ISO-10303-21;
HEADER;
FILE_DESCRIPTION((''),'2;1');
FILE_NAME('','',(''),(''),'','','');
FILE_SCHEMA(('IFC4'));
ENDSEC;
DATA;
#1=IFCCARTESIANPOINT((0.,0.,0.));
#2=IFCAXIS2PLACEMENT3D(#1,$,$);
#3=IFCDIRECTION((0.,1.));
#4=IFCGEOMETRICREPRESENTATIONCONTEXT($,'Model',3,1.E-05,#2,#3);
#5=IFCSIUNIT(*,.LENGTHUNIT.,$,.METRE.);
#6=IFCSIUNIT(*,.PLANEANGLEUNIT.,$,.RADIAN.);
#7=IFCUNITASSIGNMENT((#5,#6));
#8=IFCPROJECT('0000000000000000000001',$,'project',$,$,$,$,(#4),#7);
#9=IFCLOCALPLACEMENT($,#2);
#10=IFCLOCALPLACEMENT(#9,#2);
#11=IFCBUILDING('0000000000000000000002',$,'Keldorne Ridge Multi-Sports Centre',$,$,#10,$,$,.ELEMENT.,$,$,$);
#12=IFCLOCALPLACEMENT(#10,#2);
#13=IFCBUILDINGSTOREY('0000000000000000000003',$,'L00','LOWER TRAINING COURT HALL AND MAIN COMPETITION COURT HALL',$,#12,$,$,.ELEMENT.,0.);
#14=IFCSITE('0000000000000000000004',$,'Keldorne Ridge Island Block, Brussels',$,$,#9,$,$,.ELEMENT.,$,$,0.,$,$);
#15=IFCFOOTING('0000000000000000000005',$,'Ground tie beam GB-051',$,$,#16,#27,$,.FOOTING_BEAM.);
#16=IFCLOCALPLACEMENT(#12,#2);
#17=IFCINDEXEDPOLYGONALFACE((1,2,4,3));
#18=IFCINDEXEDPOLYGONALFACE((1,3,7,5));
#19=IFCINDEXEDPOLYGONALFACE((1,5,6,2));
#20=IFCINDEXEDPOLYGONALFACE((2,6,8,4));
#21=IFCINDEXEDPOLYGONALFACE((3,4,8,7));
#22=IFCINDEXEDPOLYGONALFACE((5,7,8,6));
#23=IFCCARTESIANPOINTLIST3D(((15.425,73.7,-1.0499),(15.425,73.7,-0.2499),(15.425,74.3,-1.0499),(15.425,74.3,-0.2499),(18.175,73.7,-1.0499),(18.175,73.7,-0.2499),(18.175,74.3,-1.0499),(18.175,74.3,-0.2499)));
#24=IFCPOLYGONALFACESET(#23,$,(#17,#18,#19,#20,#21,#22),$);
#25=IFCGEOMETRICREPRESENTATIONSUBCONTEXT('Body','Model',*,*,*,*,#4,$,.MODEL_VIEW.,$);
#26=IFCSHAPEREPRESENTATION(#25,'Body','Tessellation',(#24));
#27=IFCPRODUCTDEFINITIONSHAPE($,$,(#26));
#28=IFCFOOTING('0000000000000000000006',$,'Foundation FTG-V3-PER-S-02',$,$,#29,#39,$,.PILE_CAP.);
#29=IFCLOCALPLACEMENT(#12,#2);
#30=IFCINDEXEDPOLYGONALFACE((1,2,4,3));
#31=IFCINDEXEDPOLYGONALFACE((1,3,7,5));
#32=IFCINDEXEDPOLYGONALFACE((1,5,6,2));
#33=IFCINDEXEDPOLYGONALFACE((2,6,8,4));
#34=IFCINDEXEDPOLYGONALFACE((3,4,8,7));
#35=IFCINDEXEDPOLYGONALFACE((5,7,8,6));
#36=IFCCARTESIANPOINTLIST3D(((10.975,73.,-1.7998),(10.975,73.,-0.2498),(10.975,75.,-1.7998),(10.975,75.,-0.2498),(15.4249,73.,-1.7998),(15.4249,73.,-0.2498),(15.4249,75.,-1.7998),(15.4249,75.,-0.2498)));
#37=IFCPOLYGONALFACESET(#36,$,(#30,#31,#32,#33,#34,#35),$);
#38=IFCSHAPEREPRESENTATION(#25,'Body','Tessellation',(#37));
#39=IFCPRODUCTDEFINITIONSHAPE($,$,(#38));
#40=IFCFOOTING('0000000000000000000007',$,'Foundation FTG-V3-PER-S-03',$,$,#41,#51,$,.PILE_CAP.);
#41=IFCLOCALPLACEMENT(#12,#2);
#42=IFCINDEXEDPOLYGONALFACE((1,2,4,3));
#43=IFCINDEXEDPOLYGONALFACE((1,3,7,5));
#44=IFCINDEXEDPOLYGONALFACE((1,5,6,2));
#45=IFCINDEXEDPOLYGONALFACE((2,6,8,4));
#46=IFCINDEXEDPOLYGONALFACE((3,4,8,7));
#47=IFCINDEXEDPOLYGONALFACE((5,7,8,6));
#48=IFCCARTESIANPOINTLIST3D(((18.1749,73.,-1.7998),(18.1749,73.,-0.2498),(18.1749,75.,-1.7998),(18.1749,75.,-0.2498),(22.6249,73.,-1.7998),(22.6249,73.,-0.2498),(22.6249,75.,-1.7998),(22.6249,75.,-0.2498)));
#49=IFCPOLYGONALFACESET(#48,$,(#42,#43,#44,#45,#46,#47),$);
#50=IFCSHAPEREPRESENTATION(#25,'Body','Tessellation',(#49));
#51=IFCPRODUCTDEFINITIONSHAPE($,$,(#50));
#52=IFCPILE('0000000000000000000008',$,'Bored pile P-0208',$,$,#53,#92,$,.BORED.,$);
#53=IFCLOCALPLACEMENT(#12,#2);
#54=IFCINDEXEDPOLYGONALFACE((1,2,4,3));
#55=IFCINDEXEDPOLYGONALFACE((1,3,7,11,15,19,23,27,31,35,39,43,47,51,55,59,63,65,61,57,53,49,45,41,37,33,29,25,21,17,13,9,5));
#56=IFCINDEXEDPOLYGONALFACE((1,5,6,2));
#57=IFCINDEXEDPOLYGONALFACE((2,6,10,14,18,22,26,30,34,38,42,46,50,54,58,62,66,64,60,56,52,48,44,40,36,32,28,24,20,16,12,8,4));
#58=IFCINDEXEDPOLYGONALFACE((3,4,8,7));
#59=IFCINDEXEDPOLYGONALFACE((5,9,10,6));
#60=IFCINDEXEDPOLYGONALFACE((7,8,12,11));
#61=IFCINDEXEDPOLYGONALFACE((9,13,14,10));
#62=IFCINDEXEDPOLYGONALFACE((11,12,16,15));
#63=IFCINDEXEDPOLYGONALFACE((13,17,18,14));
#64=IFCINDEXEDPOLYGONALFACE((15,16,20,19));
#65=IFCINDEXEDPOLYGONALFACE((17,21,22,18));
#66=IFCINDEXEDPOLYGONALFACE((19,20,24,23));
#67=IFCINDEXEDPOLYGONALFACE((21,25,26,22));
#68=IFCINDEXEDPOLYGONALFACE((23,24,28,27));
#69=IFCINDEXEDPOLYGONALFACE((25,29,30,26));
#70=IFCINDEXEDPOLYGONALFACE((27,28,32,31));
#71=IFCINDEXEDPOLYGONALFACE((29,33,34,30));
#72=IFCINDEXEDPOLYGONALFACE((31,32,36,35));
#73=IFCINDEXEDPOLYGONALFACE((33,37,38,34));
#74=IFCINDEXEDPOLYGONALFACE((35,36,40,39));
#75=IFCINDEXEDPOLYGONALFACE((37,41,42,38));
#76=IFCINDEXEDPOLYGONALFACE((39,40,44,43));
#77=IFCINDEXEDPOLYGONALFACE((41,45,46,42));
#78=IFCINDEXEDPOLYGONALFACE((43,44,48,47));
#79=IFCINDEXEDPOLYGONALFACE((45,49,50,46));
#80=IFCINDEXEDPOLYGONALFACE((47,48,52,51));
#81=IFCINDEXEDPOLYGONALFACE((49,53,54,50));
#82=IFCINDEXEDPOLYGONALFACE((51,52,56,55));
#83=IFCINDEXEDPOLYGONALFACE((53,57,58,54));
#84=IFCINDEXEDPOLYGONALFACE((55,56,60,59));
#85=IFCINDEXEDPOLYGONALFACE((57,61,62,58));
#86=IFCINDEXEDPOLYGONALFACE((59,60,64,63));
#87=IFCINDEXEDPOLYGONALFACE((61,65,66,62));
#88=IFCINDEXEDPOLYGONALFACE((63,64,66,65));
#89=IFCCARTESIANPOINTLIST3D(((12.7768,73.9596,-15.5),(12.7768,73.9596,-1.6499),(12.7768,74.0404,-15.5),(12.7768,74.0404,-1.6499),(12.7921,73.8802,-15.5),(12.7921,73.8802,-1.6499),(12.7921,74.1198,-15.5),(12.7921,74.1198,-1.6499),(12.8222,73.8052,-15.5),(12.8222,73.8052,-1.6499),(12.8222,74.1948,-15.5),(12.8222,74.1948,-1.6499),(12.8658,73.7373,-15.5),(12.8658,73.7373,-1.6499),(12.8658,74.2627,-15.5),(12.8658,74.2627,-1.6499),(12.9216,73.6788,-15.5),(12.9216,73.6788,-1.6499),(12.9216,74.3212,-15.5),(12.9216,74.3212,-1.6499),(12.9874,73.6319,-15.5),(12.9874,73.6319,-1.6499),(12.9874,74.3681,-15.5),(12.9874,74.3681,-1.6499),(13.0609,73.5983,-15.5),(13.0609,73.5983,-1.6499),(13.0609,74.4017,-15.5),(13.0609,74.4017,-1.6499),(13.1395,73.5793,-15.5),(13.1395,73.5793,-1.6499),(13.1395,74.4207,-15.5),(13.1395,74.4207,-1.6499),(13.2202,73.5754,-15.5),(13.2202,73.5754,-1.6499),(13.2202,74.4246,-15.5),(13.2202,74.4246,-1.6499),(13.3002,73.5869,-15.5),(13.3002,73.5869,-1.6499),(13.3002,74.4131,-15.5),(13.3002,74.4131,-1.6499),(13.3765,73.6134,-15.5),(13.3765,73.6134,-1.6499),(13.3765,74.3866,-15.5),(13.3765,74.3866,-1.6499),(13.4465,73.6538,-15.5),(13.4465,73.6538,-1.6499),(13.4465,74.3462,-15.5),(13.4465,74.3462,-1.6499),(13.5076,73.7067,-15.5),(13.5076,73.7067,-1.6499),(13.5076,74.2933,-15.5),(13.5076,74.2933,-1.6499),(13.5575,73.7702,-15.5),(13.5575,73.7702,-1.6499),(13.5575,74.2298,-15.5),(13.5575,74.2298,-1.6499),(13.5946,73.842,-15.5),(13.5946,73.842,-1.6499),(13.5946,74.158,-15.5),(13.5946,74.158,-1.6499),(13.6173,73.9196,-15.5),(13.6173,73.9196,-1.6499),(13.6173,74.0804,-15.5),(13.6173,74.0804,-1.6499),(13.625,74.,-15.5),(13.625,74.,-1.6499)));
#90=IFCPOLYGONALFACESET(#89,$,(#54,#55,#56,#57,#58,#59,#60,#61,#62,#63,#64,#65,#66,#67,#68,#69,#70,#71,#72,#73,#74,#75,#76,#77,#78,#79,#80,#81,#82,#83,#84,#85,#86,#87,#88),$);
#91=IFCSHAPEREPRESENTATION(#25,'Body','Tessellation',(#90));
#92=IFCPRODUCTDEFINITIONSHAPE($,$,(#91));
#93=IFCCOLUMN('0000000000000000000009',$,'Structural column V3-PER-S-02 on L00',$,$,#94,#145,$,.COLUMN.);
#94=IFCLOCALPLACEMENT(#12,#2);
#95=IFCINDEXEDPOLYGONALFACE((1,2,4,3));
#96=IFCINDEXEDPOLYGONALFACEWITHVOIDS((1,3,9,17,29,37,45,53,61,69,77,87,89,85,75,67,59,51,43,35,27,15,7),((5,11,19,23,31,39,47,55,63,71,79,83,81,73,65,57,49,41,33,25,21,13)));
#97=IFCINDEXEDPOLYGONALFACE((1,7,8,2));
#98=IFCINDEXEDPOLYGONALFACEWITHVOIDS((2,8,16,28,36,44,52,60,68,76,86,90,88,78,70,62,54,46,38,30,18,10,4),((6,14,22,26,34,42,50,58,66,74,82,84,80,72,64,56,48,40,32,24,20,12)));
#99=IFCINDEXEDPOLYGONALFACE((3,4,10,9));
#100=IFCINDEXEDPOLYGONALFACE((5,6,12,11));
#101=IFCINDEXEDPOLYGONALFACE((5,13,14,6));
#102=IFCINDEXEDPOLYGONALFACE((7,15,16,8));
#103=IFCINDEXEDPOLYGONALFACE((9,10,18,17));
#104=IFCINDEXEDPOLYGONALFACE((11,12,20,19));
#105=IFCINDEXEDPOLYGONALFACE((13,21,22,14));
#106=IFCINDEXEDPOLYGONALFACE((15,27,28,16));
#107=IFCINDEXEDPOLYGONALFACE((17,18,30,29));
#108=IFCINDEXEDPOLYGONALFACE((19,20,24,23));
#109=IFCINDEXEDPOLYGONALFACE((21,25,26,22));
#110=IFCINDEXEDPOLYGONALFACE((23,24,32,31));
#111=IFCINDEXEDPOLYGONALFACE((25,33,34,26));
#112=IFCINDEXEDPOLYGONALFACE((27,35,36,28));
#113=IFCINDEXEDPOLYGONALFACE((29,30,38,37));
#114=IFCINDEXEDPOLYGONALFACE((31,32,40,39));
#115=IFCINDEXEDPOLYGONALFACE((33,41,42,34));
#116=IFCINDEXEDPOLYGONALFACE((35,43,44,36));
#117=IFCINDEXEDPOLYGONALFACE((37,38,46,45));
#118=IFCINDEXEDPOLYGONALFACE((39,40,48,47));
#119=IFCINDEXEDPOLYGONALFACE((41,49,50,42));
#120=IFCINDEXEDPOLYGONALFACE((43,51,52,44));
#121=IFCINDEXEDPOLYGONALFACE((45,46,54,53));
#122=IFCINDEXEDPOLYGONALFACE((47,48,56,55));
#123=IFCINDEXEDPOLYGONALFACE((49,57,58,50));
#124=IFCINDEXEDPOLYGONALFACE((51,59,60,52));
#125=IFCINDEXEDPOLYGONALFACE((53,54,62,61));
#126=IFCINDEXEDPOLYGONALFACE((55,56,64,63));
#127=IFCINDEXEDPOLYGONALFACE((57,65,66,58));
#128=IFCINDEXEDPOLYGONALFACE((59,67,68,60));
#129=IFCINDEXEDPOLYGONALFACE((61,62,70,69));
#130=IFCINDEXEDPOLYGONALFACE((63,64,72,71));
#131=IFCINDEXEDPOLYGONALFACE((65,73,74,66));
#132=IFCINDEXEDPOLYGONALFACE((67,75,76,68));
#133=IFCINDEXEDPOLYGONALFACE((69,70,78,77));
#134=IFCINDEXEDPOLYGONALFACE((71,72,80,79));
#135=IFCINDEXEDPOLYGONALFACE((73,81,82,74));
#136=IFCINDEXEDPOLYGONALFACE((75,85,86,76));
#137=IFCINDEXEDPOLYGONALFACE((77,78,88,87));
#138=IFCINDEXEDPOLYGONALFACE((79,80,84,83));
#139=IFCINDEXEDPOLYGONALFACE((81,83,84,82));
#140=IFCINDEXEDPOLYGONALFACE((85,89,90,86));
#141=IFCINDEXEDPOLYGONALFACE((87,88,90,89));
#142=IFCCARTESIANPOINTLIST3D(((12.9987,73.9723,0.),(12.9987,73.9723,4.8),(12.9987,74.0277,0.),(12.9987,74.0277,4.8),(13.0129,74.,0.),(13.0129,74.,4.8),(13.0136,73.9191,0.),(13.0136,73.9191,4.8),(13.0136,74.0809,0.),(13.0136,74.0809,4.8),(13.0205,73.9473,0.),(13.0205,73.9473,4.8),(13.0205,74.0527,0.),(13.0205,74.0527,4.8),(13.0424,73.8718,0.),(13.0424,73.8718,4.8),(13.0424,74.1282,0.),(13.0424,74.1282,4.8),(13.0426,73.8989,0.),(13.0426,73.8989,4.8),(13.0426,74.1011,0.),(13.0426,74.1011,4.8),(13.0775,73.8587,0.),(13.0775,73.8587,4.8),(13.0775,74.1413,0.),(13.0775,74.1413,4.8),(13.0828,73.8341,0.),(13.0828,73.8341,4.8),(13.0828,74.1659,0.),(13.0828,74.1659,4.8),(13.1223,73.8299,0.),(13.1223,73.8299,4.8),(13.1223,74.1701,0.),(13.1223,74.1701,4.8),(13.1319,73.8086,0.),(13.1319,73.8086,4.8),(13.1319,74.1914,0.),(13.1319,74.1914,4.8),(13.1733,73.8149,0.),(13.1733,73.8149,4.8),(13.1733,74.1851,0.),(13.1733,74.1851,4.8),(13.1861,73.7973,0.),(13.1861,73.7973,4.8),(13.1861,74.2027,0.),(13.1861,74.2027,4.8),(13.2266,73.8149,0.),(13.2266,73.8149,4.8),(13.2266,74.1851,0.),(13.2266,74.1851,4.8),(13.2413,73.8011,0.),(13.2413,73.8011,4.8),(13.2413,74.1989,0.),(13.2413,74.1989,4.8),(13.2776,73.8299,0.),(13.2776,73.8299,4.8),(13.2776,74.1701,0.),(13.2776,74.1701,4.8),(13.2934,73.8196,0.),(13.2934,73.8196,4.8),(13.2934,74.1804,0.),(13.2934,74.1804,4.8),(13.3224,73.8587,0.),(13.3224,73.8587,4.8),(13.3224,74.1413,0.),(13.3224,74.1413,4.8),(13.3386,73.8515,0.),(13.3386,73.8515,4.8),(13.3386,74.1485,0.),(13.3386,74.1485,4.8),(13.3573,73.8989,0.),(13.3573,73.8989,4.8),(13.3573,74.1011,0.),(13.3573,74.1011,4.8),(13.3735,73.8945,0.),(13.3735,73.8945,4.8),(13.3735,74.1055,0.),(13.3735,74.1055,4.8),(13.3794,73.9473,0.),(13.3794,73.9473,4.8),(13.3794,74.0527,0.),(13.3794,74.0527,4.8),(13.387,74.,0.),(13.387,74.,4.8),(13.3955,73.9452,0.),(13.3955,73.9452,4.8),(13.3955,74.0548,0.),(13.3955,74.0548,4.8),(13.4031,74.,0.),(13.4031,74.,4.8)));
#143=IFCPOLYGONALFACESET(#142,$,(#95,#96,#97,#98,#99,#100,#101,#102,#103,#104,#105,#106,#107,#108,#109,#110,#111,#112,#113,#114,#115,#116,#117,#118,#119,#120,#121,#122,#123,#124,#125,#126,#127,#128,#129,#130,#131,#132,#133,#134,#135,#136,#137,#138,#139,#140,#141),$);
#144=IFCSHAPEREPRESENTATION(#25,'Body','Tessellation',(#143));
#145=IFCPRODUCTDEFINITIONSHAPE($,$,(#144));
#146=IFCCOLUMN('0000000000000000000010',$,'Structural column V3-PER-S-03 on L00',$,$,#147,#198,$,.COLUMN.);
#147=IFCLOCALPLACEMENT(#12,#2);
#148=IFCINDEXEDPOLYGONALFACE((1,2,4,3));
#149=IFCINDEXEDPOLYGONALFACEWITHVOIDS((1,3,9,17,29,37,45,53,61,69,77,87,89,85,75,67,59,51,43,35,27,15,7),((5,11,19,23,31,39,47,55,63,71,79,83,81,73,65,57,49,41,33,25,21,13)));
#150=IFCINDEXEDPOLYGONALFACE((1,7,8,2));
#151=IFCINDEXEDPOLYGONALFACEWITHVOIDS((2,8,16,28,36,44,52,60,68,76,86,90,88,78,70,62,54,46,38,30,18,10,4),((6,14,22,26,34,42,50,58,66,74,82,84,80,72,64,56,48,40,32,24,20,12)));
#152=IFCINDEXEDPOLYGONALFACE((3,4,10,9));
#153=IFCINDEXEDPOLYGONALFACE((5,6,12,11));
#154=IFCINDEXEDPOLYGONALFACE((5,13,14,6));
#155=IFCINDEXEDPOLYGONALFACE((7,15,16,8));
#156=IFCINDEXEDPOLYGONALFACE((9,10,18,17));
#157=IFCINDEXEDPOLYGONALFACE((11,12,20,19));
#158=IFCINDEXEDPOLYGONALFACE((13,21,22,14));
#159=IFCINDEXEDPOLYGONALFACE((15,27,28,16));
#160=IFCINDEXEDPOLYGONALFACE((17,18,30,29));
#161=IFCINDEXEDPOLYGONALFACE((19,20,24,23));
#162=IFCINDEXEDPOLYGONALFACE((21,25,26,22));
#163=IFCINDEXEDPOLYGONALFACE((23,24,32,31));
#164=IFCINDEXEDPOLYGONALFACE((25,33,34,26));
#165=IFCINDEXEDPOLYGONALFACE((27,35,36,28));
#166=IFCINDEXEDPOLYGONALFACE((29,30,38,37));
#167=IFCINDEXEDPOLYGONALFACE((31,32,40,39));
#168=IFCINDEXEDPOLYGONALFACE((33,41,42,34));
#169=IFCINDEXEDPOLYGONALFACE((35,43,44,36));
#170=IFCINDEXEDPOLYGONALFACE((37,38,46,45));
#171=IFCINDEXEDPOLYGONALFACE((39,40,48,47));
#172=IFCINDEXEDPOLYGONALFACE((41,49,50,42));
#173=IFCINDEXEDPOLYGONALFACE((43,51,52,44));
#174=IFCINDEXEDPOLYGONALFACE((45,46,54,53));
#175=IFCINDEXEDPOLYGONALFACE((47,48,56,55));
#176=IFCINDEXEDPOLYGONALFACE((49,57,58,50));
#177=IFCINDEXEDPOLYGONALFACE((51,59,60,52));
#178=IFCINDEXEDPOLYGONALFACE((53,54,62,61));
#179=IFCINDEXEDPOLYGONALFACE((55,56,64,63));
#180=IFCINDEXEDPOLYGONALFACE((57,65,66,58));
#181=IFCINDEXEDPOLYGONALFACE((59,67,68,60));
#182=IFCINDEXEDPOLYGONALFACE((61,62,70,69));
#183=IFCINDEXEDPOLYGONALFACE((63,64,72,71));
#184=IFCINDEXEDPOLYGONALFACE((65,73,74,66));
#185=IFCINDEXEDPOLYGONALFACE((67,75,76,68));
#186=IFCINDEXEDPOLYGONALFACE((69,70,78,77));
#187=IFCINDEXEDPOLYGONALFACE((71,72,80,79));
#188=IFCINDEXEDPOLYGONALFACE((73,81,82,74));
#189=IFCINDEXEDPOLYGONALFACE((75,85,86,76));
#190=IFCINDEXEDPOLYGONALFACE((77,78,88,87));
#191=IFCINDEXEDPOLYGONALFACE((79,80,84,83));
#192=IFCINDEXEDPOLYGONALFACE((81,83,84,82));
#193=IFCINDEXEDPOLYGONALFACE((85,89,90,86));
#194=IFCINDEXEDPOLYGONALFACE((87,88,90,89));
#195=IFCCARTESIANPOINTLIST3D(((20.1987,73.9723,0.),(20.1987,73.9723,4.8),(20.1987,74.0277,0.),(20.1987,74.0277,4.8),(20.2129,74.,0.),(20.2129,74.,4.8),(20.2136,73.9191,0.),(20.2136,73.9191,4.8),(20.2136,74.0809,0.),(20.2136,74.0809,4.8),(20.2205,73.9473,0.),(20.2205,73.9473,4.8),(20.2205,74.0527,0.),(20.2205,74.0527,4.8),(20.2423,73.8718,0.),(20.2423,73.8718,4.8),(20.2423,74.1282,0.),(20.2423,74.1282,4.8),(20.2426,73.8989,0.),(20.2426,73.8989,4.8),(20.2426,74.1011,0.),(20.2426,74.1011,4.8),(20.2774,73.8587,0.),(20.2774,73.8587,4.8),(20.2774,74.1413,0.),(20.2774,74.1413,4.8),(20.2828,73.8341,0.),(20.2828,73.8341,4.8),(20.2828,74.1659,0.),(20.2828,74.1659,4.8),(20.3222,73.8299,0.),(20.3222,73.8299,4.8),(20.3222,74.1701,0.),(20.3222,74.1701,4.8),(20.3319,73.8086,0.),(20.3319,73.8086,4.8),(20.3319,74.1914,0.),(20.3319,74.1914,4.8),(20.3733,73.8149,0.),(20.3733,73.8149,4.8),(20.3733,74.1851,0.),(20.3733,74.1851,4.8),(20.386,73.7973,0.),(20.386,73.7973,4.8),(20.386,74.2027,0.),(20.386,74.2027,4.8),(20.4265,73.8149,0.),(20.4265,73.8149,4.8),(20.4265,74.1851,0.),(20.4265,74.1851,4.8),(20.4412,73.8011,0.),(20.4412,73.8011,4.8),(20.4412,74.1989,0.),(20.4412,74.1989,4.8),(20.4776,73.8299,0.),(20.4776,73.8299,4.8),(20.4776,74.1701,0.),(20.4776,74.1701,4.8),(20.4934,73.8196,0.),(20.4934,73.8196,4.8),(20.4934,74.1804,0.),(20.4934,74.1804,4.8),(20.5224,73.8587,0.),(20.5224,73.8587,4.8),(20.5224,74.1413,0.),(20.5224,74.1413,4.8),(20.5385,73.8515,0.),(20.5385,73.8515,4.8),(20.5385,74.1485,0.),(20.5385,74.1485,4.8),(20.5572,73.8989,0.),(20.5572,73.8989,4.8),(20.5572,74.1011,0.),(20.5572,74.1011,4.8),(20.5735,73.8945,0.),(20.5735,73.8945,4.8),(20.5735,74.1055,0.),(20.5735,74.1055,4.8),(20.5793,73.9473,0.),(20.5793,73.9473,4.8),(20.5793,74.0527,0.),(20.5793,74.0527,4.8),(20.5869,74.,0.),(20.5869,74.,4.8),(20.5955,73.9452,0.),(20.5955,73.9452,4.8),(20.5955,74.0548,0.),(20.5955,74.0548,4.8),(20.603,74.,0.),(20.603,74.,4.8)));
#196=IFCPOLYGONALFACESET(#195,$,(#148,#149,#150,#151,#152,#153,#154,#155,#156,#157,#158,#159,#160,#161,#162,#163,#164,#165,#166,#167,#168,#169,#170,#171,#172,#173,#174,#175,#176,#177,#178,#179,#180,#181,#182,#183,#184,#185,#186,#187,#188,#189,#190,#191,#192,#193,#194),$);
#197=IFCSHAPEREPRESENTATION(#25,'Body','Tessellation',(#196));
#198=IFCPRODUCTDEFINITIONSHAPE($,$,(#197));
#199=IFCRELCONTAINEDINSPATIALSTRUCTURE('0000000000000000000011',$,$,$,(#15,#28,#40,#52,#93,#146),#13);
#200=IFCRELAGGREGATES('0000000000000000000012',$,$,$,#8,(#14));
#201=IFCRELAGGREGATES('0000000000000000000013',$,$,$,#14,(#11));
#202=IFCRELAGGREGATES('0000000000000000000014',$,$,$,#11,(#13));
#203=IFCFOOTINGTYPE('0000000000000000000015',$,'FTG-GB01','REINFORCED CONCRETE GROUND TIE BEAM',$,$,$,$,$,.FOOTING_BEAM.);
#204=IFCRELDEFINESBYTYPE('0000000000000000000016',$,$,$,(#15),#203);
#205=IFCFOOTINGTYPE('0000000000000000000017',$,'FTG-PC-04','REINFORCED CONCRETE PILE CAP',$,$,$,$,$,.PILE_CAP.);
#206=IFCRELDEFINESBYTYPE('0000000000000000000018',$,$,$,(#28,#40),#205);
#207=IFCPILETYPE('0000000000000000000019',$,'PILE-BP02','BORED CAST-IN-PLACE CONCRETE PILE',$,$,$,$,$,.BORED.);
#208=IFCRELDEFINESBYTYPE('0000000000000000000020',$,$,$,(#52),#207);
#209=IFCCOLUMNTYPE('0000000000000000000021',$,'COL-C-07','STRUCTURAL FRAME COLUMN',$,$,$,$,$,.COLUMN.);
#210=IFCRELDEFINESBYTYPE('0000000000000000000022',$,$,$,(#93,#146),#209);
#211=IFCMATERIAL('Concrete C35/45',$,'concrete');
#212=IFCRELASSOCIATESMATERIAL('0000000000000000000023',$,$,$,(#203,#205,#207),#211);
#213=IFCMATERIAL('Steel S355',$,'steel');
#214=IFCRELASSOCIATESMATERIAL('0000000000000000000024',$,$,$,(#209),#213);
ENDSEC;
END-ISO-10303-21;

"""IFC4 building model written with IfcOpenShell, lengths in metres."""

from ifc_helpers import new_model, si_unit, direction, frame, origin, origin_2d, place, context, subcontext, project, spatial, rectangle, circle, hollow_circle, extrude, material, material_profile, profile_set, type_object, element, save


model = new_model("IFC4")

# Units and contexts
model_context = context("Model", 3, precision=1e-05, world=origin(), true_north=direction((0.0, 1.0)))
body_context = subcontext(model_context, "Body", "Model", "MODEL_VIEW")
ifc_project = project(units=[si_unit("LENGTHUNIT", "METRE"), si_unit("PLANEANGLEUNIT", "RADIAN")], contexts=[model_context])

# Site, building, storey
site_placement = place(None, origin())
site = spatial("IfcSite", under=ifc_project, at=site_placement, Name="Keldorne Ridge Island Block, Brussels", CompositionType="ELEMENT", RefElevation=0.0)
building_placement = place(site_placement, origin())
building = spatial("IfcBuilding", under=site, at=building_placement, Name="Keldorne Ridge Multi-Sports Centre", CompositionType="ELEMENT")
storey_placement = place(building_placement, origin())
storey = spatial("IfcBuildingStorey", under=building, at=storey_placement, Name="L00", Description="LOWER TRAINING COURT HALL AND MAIN COMPETITION COURT HALL", CompositionType="ELEMENT", Elevation=0.0)

# Footings
ifc_material_1 = material(Name="Concrete C35/45", Category="concrete")
ifc_material_profile_1 = material_profile(ifc_material_1, rectangle(XDim=0.6001, YDim=0.8, at=origin_2d()), Name="GB 600x800")
ifc_profile_set_1 = profile_set([ifc_material_profile_1], Name="Concrete C35/45")
footing_type_1 = type_object("IfcFootingType", Name="FTG-GB01", Description="REINFORCED CONCRETE GROUND TIE BEAM", PredefinedType="FOOTING_BEAM", material=ifc_profile_set_1)
footing_placement = place(storey_placement, frame((15.425, 74.0, -0.6499), z_axis=(1.0, 0.0, 0.0), x_axis=(0.0, 1.0, 0.0)))
element("IfcFooting", 1, at=footing_placement, inside=storey, type_object=footing_type_1, Name="Ground tie beam GB-051", PredefinedType="FOOTING_BEAM", context=body_context, shape_type="SweptSolid", body=[
    extrude(rectangle(XDim=0.6001, YDim=0.8, at=origin_2d()), origin(), (0.0, 0.0, 1.0), 2.75),
])
footing_type_2 = type_object("IfcFootingType", Name="FTG-PC-04", Description="REINFORCED CONCRETE PILE CAP", PredefinedType="PILE_CAP", material=ifc_material_1)
for number, where, z_axis, x_axis, name in (
    (2, (13.2, 74.0, -1.7998), (0.0, 0.0, 1.0), (1.0, 0.0, 0.0), "Foundation FTG-V3-PER-S-02"),
    (3, (20.3999, 74.0, -1.7998), (0.0, 0.0, 1.0), (1.0, 0.0, 0.0), "Foundation FTG-V3-PER-S-03"),
):
    element("IfcFooting", number, at=place(storey_placement, frame(where, z_axis=z_axis, x_axis=x_axis)), inside=storey, type_object=footing_type_2, Name=name, PredefinedType="PILE_CAP", context=body_context, shape_type="SweptSolid", body=[
        extrude(rectangle(XDim=4.45, YDim=2.0, at=origin_2d()), origin(), (0.0, 0.0, 1.0), 1.55),
    ])

# Pile
ifc_material_profile_2 = material_profile(ifc_material_1, circle(Radius=0.425, at=origin_2d()), Name="BORED PILE D850")
ifc_profile_set_2 = profile_set([ifc_material_profile_2], Name="Concrete C35/45")
pile_type = type_object("IfcPileType", Name="PILE-BP02", Description="BORED CAST-IN-PLACE CONCRETE PILE", PredefinedType="BORED", material=ifc_profile_set_2)
pile_placement = place(storey_placement, frame((13.2, 74.0, -1.6499), z_axis=(0.0, 0.0, -1.0), x_axis=(1.0, 0.0, 0.0)))
element("IfcPile", 4, at=pile_placement, inside=storey, type_object=pile_type, Name="Bored pile P-0208", PredefinedType="BORED", context=body_context, shape_type="SweptSolid", body=[
    extrude(circle(Radius=0.425, at=origin_2d()), origin(), (0.0, 0.0, 1.0), 13.8501),
])

# Columns
ifc_material_2 = material(Name="Steel S355", Category="steel")
ifc_material_profile_3 = material_profile(ifc_material_2, hollow_circle(Radius=0.2031, WallThickness=0.0161, at=origin_2d()), Name="CHS 406.4x16")
ifc_profile_set_3 = profile_set([ifc_material_profile_3], Name="Steel S355")
column_type = type_object("IfcColumnType", Name="COL-C-07", Description="STRUCTURAL FRAME COLUMN", PredefinedType="COLUMN", material=ifc_profile_set_3)
for number, where, z_axis, x_axis, name in (
    (5, (13.2, 74.0, 0.0), (0.0, 0.0, 1.0), (1.0, 0.0, 0.0), "Structural column V3-PER-S-02 on L00"),
    (6, (20.3999, 74.0, 0.0), (0.0, 0.0, 1.0), (1.0, 0.0, 0.0), "Structural column V3-PER-S-03 on L00"),
):
    element("IfcColumn", number, at=place(storey_placement, frame(where, z_axis=z_axis, x_axis=x_axis)), inside=storey, type_object=column_type, Name=name, PredefinedType="COLUMN", context=body_context, shape_type="SweptSolid", body=[
        extrude(hollow_circle(Radius=0.2031, WallThickness=0.0161, at=origin_2d()), origin(), (0.0, 0.0, 1.0), 4.8),
    ])

save(model, "model.ifc")
